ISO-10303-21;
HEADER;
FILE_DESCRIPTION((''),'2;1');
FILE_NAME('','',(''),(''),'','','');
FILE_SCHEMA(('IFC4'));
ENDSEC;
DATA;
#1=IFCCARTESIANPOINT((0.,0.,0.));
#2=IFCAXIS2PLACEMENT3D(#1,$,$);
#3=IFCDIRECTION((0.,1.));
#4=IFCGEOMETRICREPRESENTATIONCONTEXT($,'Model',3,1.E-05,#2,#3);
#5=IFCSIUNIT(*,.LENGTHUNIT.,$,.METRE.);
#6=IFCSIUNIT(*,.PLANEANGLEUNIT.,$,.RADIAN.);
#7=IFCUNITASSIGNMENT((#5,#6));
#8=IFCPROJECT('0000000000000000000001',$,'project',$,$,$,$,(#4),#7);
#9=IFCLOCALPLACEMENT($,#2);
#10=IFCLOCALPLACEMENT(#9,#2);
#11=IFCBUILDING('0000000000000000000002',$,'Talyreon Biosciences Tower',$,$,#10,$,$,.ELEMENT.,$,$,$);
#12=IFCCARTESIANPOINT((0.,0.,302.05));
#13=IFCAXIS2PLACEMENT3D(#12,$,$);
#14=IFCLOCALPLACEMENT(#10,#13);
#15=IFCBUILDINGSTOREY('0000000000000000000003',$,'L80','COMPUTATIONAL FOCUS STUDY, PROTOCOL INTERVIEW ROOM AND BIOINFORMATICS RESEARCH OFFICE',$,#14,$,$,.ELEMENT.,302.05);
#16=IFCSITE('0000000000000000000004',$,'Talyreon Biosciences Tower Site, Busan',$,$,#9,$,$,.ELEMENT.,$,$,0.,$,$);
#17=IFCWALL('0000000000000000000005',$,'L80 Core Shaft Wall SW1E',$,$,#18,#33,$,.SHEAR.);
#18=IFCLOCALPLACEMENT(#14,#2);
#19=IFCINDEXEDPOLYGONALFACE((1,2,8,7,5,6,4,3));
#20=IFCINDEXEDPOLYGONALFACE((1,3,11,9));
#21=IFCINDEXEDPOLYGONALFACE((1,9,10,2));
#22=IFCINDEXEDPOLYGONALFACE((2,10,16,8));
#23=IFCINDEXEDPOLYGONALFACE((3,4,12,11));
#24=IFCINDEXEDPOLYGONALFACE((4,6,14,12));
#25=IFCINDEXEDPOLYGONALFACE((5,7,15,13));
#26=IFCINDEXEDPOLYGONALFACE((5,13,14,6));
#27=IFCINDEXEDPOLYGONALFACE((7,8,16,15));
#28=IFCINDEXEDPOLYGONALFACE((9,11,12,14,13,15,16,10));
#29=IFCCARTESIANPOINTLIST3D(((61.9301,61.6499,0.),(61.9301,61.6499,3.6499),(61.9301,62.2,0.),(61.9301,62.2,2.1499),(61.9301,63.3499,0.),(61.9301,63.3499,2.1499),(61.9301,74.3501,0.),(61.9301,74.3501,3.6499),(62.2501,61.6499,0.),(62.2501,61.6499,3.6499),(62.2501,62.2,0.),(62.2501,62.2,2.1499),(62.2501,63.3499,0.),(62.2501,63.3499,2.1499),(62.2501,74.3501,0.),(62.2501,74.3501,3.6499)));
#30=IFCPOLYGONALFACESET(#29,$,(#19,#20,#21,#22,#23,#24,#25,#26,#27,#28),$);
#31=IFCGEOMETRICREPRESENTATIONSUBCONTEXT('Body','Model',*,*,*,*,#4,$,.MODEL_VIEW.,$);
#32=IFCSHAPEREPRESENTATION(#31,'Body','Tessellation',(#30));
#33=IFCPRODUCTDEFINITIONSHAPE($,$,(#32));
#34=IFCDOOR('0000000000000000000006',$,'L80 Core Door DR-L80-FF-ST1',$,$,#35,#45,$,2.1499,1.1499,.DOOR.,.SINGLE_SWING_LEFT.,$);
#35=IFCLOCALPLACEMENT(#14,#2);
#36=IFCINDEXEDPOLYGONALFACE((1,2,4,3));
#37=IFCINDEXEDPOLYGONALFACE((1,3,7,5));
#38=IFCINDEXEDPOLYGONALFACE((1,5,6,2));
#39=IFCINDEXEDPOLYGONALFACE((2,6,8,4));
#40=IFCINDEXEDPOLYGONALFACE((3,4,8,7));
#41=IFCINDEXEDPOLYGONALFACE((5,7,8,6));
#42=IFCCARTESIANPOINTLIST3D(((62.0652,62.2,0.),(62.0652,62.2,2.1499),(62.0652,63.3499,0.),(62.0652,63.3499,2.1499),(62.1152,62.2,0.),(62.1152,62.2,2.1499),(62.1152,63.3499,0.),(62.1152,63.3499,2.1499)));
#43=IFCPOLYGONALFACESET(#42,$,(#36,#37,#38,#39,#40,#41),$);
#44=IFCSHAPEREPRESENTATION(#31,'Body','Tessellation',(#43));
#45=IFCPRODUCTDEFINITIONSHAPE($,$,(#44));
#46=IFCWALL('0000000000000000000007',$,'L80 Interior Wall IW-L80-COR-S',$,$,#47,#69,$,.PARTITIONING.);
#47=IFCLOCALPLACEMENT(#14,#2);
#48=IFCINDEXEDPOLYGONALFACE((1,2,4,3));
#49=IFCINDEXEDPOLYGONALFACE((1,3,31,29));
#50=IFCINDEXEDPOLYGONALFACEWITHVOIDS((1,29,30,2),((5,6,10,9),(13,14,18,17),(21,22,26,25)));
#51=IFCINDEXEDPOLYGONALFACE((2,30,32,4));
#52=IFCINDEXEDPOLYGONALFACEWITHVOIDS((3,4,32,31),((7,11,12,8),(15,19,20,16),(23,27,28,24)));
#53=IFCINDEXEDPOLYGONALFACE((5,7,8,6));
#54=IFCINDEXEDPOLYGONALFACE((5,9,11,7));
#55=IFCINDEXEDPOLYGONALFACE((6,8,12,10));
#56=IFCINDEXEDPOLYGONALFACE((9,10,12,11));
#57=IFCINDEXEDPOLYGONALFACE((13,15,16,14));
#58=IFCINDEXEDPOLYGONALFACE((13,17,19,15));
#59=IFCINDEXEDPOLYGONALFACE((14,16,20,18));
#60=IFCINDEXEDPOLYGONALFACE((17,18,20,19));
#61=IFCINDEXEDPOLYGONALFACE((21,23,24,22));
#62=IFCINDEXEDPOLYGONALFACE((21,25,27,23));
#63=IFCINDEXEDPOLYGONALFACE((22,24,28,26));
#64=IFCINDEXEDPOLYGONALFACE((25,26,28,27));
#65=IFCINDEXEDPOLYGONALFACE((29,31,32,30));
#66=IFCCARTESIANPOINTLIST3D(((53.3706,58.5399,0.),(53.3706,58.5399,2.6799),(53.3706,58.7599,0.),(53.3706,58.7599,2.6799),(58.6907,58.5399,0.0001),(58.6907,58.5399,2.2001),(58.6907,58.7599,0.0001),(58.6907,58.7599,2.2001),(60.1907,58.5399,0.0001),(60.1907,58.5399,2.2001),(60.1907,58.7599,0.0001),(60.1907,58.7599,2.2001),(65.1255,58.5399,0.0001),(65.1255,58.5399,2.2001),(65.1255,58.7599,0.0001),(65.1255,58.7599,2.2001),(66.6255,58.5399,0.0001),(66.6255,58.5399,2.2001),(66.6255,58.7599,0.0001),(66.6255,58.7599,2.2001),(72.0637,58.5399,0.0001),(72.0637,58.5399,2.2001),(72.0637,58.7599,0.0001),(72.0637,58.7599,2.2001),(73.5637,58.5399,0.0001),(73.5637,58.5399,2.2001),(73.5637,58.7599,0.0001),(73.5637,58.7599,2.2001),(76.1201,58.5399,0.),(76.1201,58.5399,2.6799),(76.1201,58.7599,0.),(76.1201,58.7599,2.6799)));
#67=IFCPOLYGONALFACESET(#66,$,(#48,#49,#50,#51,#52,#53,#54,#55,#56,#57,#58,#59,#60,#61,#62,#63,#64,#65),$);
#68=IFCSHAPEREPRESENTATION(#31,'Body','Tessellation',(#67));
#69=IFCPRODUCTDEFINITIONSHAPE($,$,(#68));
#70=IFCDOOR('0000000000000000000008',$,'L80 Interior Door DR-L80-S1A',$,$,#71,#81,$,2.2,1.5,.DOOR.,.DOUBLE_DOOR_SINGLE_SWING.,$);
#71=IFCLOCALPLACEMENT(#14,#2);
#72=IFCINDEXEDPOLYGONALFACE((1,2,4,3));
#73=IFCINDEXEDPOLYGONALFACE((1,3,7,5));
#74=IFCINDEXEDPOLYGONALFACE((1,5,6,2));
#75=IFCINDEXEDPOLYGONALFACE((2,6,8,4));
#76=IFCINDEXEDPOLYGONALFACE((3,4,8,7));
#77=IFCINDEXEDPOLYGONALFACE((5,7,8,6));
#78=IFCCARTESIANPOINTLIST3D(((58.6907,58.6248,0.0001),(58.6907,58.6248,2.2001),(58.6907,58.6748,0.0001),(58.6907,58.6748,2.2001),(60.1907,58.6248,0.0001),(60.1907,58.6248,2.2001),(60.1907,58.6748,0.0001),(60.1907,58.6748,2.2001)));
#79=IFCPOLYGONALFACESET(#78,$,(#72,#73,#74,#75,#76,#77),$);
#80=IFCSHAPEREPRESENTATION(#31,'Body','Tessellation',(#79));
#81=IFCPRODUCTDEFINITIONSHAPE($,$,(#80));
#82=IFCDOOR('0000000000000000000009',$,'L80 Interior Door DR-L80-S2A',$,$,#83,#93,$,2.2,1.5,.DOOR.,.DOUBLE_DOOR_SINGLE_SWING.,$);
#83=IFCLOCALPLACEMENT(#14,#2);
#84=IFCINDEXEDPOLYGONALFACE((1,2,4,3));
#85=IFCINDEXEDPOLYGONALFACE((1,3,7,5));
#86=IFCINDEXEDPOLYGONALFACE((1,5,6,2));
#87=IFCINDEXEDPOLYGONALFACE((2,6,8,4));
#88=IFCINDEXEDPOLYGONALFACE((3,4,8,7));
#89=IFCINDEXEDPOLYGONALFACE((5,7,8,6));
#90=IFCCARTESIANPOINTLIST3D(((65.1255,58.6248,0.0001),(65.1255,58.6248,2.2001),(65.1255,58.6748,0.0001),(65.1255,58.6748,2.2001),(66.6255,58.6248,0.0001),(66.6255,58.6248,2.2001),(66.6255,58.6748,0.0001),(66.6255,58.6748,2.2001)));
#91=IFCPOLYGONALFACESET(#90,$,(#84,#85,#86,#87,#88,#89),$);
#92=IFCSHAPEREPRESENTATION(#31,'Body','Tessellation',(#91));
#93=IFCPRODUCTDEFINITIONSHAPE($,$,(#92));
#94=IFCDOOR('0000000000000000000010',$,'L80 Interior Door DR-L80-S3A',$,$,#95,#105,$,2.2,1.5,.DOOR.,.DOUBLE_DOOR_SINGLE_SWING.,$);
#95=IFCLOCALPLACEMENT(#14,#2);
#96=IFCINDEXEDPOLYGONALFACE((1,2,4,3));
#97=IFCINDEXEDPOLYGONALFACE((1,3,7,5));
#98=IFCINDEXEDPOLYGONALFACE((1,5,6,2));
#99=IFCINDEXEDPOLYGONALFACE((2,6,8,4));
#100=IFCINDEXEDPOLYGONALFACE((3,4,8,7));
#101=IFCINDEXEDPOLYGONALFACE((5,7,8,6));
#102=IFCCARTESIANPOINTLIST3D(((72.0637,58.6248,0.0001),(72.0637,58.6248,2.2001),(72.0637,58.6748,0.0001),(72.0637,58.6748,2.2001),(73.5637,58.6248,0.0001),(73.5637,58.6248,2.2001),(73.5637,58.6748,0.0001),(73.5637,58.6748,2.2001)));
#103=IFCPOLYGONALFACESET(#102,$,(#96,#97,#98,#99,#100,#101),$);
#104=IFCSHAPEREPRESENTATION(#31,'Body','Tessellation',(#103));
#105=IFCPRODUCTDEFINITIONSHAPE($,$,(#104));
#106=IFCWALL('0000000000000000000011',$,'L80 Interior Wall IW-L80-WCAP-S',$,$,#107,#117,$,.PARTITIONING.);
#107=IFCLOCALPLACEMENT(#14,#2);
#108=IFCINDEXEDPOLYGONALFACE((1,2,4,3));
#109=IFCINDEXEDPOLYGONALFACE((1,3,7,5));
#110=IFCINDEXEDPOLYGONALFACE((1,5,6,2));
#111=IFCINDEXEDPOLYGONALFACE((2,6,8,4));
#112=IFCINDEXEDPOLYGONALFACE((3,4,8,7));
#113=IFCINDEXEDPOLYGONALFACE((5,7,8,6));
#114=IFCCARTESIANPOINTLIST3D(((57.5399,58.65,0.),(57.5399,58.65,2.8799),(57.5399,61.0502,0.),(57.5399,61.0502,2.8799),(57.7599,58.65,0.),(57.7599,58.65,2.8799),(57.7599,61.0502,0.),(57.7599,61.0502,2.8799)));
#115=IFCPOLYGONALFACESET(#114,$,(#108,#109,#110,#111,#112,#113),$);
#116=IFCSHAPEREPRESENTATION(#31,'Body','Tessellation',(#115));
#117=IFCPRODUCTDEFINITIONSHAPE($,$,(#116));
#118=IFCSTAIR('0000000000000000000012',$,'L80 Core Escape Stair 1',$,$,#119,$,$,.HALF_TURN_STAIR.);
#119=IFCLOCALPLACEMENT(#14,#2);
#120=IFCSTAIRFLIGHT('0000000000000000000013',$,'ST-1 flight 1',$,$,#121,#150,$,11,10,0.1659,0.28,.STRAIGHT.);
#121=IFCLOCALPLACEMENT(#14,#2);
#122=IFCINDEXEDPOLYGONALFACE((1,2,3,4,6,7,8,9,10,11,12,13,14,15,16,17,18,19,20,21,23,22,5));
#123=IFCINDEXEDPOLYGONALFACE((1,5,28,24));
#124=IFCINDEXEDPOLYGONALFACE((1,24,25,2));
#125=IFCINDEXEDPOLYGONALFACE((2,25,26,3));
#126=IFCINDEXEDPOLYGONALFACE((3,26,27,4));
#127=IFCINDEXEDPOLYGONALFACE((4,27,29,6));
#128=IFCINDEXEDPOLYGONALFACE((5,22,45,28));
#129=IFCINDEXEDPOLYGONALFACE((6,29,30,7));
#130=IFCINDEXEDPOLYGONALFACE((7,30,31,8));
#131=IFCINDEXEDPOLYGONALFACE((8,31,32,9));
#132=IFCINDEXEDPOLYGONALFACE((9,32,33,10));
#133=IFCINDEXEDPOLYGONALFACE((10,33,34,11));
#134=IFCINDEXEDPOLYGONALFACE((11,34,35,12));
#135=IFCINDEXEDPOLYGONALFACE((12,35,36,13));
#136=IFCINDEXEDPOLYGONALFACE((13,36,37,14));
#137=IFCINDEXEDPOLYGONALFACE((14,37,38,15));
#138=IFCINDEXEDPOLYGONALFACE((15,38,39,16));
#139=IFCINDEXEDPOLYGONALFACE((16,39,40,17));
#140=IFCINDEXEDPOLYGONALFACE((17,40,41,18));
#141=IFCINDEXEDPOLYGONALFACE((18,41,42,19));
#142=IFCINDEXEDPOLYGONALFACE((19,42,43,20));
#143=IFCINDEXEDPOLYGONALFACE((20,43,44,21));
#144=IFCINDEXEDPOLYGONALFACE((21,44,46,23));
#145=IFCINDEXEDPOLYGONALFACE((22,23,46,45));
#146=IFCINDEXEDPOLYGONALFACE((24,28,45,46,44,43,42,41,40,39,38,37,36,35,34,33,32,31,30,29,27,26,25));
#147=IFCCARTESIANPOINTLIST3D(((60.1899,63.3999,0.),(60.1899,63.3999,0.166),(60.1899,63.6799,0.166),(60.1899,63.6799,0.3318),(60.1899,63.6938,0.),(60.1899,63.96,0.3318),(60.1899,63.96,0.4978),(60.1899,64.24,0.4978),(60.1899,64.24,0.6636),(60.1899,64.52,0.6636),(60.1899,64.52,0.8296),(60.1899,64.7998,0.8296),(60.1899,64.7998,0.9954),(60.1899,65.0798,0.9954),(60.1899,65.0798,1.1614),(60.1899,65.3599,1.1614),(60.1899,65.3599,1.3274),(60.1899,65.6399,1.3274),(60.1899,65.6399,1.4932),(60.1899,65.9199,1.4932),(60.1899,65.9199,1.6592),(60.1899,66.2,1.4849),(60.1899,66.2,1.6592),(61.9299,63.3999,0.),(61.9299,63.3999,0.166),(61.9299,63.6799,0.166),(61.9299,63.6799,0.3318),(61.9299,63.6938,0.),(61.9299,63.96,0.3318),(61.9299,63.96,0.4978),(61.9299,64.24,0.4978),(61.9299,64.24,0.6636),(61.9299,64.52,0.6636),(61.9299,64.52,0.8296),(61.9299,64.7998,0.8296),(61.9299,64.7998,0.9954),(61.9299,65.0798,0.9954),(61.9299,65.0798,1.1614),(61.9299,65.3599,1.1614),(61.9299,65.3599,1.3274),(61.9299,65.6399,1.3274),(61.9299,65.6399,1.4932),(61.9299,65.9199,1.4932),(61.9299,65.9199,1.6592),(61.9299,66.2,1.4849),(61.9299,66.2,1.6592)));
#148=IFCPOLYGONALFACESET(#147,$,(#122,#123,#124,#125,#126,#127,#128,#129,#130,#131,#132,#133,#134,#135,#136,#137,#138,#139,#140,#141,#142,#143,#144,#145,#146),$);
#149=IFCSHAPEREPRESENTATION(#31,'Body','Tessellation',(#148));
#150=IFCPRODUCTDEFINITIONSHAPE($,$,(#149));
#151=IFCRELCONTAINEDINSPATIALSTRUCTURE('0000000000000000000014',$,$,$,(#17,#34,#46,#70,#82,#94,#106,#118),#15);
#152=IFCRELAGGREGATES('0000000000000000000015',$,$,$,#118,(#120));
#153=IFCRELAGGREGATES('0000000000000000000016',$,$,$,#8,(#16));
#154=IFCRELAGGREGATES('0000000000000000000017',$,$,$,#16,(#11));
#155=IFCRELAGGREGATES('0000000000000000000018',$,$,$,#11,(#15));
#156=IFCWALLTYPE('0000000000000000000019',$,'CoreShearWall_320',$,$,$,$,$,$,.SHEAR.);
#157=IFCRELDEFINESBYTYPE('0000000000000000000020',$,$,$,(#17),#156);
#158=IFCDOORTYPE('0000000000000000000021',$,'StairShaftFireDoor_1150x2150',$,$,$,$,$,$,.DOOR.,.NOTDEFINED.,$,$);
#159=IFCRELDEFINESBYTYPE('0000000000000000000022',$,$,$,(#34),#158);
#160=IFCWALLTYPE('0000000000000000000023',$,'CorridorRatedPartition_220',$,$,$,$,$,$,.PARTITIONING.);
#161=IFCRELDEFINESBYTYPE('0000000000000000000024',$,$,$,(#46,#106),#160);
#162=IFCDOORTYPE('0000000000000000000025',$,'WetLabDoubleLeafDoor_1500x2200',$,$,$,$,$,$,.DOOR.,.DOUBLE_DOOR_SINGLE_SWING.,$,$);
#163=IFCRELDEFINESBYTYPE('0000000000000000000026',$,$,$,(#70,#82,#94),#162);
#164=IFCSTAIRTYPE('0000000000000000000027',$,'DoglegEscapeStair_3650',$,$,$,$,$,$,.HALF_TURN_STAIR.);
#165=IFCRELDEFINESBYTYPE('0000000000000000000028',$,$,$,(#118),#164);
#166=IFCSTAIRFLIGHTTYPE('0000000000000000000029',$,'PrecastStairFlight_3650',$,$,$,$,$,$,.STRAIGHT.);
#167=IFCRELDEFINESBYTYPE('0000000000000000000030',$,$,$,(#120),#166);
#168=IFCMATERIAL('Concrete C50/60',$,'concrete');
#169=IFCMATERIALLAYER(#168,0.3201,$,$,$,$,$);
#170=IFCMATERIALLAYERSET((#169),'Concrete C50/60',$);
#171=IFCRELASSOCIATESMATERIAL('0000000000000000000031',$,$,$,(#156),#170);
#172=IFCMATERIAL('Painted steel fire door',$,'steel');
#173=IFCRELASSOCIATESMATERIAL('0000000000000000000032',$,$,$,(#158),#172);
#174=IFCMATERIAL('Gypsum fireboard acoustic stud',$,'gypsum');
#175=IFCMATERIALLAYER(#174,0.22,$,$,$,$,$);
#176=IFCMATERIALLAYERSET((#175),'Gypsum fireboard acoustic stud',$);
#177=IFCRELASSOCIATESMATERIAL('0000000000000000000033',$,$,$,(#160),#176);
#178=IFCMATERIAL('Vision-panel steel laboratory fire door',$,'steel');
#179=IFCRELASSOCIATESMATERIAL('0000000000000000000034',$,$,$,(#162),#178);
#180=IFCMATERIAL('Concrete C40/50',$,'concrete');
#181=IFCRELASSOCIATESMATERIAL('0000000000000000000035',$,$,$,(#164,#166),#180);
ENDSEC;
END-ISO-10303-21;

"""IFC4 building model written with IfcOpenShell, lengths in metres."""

from ifc_helpers import new_model, si_unit, direction, frame, frame_2d, origin, place, context, subcontext, project, spatial, polyline, rectangle, outline, extrude, material, layer, layer_set, type_object, element, fill, aggregate, save


model = new_model("IFC4")

# Units and contexts
model_context = context("Model", 3, precision=1e-05, world=origin(), true_north=direction((0.0, 1.0)))
body_context = subcontext(model_context, "Body", "Model", "MODEL_VIEW")
ifc_project = project(units=[si_unit("LENGTHUNIT", "METRE"), si_unit("PLANEANGLEUNIT", "RADIAN")], contexts=[model_context])

# Site, building, storey
site_placement = place(None, origin())
site = spatial("IfcSite", under=ifc_project, at=site_placement, Name="Talyreon Biosciences Tower Site, Busan", CompositionType="ELEMENT", RefElevation=0.0)
building_placement = place(site_placement, origin())
building = spatial("IfcBuilding", under=site, at=building_placement, Name="Talyreon Biosciences Tower", CompositionType="ELEMENT")
storey_placement = place(building_placement, frame((0.0, 0.0, 302.05)))
storey = spatial("IfcBuildingStorey", under=building, at=storey_placement, Name="L80", Description="COMPUTATIONAL FOCUS STUDY, PROTOCOL INTERVIEW ROOM AND BIOINFORMATICS RESEARCH OFFICE", CompositionType="ELEMENT", Elevation=302.05)

# Shared definitions
ifc_material_1 = material(Name="Concrete C50/60", Category="concrete")

# Wall, opening, door
ifc_layer_1 = layer(ifc_material_1, 0.3201)
ifc_layer_set_1 = layer_set([ifc_layer_1], Name="Concrete C50/60")
wall_type_1 = type_object("IfcWallType", Name="CoreShearWall_320", PredefinedType="SHEAR", material=ifc_layer_set_1)
wall_1_placement = place(storey_placement, frame((62.0901, 61.6499, 0.0), z_axis=(0.0, 0.0, 1.0), x_axis=(0.0, 1.0, 0.0)))
wall_1 = element("IfcWall", 1, at=wall_1_placement, inside=storey, type_object=wall_type_1, Name="L80 Core Shaft Wall SW1E", PredefinedType="SHEAR", context=body_context, shape_type="SweptSolid", body=[
    extrude(rectangle(XDim=12.7002, YDim=0.3201, at=frame_2d((6.3501, 0.0))), origin(), (0.0, 0.0, 1.0), 3.6499),
])
opening_1_placement = place(wall_1_placement, frame((0.55, 0.0, 0.0)))
opening_1 = element("IfcOpeningElement", 2, at=opening_1_placement, cuts=wall_1, PredefinedType="OPENING", context=body_context, shape_type="SweptSolid", body=[
    extrude(rectangle(XDim=1.1499, YDim=2.1499, at=frame_2d((0.575, 1.075))), frame((0.0, 0.1699, 0.0), z_axis=(0.0, -1.0, 0.0), x_axis=(1.0, 0.0, 0.0)), (0.0, 0.0, 1.0), 0.3401),
])
ifc_material_2 = material(Name="Painted steel fire door", Category="steel")
door_type_1 = type_object("IfcDoorType", Name="StairShaftFireDoor_1150x2150", OperationType="NOTDEFINED", PredefinedType="DOOR", material=ifc_material_2)
door_1_placement = place(opening_1_placement, origin())
door_1 = element("IfcDoor", 3, at=door_1_placement, inside=storey, type_object=door_type_1, Name="L80 Core Door DR-L80-FF-ST1", OperationType="SINGLE_SWING_LEFT", OverallHeight=2.1499, OverallWidth=1.1499, PredefinedType="DOOR", context=body_context, shape_type="SweptSolid", body=[
    extrude(rectangle(XDim=1.1499, YDim=2.1499, at=frame_2d((0.575, 1.075))), frame((0.0, 0.0249, 0.0), z_axis=(0.0, -1.0, 0.0), x_axis=(1.0, 0.0, 0.0)), (0.0, 0.0, 1.0), 0.05),
])
fill(opening_1, door_1)

# Wall, openings, doors
ifc_material_3 = material(Name="Gypsum fireboard acoustic stud", Category="gypsum")
ifc_layer_2 = layer(ifc_material_3, 0.22)
ifc_layer_set_2 = layer_set([ifc_layer_2], Name="Gypsum fireboard acoustic stud")
wall_type_2 = type_object("IfcWallType", Name="CorridorRatedPartition_220", PredefinedType="PARTITIONING", material=ifc_layer_set_2)
wall_2_placement = place(storey_placement, frame((53.3706, 58.6499, 0.0), z_axis=(0.0, 0.0, 1.0), x_axis=(1.0, 0.0, 0.0)))
wall_2 = element("IfcWall", 4, at=wall_2_placement, inside=storey, type_object=wall_type_2, Name="L80 Interior Wall IW-L80-COR-S", PredefinedType="PARTITIONING", context=body_context, shape_type="SweptSolid", body=[
    extrude(rectangle(XDim=22.7495, YDim=0.22, at=frame_2d((11.3748, 0.0))), origin(), (0.0, 0.0, 1.0), 2.6799),
])
opening_2_placement = place(wall_2_placement, frame((5.3201, 0.0, 0.0)))
opening_2 = element("IfcOpeningElement", 5, at=opening_2_placement, cuts=wall_2, PredefinedType="OPENING", context=body_context, shape_type="SweptSolid", body=[
    extrude(rectangle(XDim=1.5, YDim=2.2, at=frame_2d((0.75, 1.1001))), frame((0.0, 0.1199, 0.0), z_axis=(0.0, -1.0, 0.0), x_axis=(1.0, 0.0, 0.0)), (0.0, 0.0, 1.0), 0.24),
])
opening_3_placement = place(wall_2_placement, frame((11.7549, 0.0, 0.0)))
opening_3 = element("IfcOpeningElement", 6, at=opening_3_placement, cuts=wall_2, PredefinedType="OPENING", context=body_context, shape_type="SweptSolid", body=[
    extrude(rectangle(XDim=1.5, YDim=2.2, at=frame_2d((0.75, 1.1001))), frame((0.0, 0.1199, 0.0), z_axis=(0.0, -1.0, 0.0), x_axis=(1.0, 0.0, 0.0)), (0.0, 0.0, 1.0), 0.24),
])
opening_4_placement = place(wall_2_placement, frame((18.6931, 0.0, 0.0)))
opening_4 = element("IfcOpeningElement", 7, at=opening_4_placement, cuts=wall_2, PredefinedType="OPENING", context=body_context, shape_type="SweptSolid", body=[
    extrude(rectangle(XDim=1.5, YDim=2.2, at=frame_2d((0.75, 1.1001))), frame((0.0, 0.1199, 0.0), z_axis=(0.0, -1.0, 0.0), x_axis=(1.0, 0.0, 0.0)), (0.0, 0.0, 1.0), 0.24),
])
ifc_material_4 = material(Name="Vision-panel steel laboratory fire door", Category="steel")
door_type_2 = type_object("IfcDoorType", Name="WetLabDoubleLeafDoor_1500x2200", OperationType="DOUBLE_DOOR_SINGLE_SWING", PredefinedType="DOOR", material=ifc_material_4)
door_2_placement = place(opening_2_placement, origin())
door_2 = element("IfcDoor", 8, at=door_2_placement, inside=storey, type_object=door_type_2, Name="L80 Interior Door DR-L80-S1A", OperationType="DOUBLE_DOOR_SINGLE_SWING", OverallHeight=2.2, OverallWidth=1.5, PredefinedType="DOOR", context=body_context, shape_type="SweptSolid", body=[
    extrude(rectangle(XDim=1.5, YDim=2.2, at=frame_2d((0.75, 1.1001))), frame((0.0, 0.0249, 0.0), z_axis=(0.0, -1.0, 0.0), x_axis=(1.0, 0.0, 0.0)), (0.0, 0.0, 1.0), 0.05),
])
fill(opening_2, door_2)
door_3_placement = place(opening_3_placement, origin())
door_3 = element("IfcDoor", 9, at=door_3_placement, inside=storey, type_object=door_type_2, Name="L80 Interior Door DR-L80-S2A", OperationType="DOUBLE_DOOR_SINGLE_SWING", OverallHeight=2.2, OverallWidth=1.5, PredefinedType="DOOR", context=body_context, shape_type="SweptSolid", body=[
    extrude(rectangle(XDim=1.5, YDim=2.2, at=frame_2d((0.75, 1.1001))), frame((0.0, 0.0249, 0.0), z_axis=(0.0, -1.0, 0.0), x_axis=(1.0, 0.0, 0.0)), (0.0, 0.0, 1.0), 0.05),
])
fill(opening_3, door_3)
door_4_placement = place(opening_4_placement, origin())
door_4 = element("IfcDoor", 10, at=door_4_placement, inside=storey, type_object=door_type_2, Name="L80 Interior Door DR-L80-S3A", OperationType="DOUBLE_DOOR_SINGLE_SWING", OverallHeight=2.2, OverallWidth=1.5, PredefinedType="DOOR", context=body_context, shape_type="SweptSolid", body=[
    extrude(rectangle(XDim=1.5, YDim=2.2, at=frame_2d((0.75, 1.1001))), frame((0.0, 0.0249, 0.0), z_axis=(0.0, -1.0, 0.0), x_axis=(1.0, 0.0, 0.0)), (0.0, 0.0, 1.0), 0.05),
])
fill(opening_4, door_4)

# Wall
wall_3_placement = place(storey_placement, frame((57.6499, 58.6499, 0.0), z_axis=(0.0, 0.0, 1.0), x_axis=(0.0, 1.0, 0.0)))
element("IfcWall", 11, at=wall_3_placement, inside=storey, type_object=wall_type_2, Name="L80 Interior Wall IW-L80-WCAP-S", PredefinedType="PARTITIONING", context=body_context, shape_type="SweptSolid", body=[
    extrude(rectangle(XDim=2.4001, YDim=0.22, at=frame_2d((1.2002, 0.0))), origin(), (0.0, 0.0, 1.0), 2.8799),
])

# Stair, stair flight
ifc_material_5 = material(Name="Concrete C40/50", Category="concrete")
stair_type = type_object("IfcStairType", Name="DoglegEscapeStair_3650", PredefinedType="HALF_TURN_STAIR", material=ifc_material_5)
stair_placement = place(storey_placement, origin())
stair = element("IfcStair", 12, at=stair_placement, inside=storey, type_object=stair_type, Name="L80 Core Escape Stair 1", PredefinedType="HALF_TURN_STAIR")
stair_flight_type = type_object("IfcStairFlightType", Name="PrecastStairFlight_3650", PredefinedType="STRAIGHT", material=ifc_material_5)
stair_flight_placement = place(storey_placement, frame((61.0601, 63.3999, 0.0), z_axis=(0.0, 0.0, 1.0), x_axis=(0.0, 1.0, 0.0)))
stair_flight = element("IfcStairFlight", 13, at=stair_flight_placement, type_object=stair_flight_type, Name="ST-1 flight 1", NumberOfRisers=11, NumberOfTreads=10, PredefinedType="STRAIGHT", RiserHeight=0.1659, TreadLength=0.28, context=body_context, shape_type="SweptSolid", body=[
    extrude(outline(polyline([(0.0, 0.0), (0.0, 0.166), (0.28, 0.166), (0.28, 0.3318), (0.5601, 0.3318), (0.5601, 0.4978), (0.8401, 0.4978), (0.8401, 0.6636), (1.1201, 0.6636), (1.1201, 0.8296), (1.3999, 0.8296), (1.3999, 0.9954), (1.6799, 0.9954), (1.6799, 1.1614), (1.96, 1.1614), (1.96, 1.3274), (2.24, 1.3274), (2.24, 1.4932), (2.52, 1.4932), (2.52, 1.6592), (2.8, 1.6592), (2.8, 1.825), (2.8, 1.4849), (0.2939, 0.0), (0.0, 0.0)])), frame((0.0, 0.8701, 0.0), z_axis=(0.0, -1.0, 0.0), x_axis=(1.0, 0.0, 0.0)), (0.0, 0.0, 1.0), 1.74),
])
aggregate(stair, [stair_flight])

save(model, "model.ifc")
